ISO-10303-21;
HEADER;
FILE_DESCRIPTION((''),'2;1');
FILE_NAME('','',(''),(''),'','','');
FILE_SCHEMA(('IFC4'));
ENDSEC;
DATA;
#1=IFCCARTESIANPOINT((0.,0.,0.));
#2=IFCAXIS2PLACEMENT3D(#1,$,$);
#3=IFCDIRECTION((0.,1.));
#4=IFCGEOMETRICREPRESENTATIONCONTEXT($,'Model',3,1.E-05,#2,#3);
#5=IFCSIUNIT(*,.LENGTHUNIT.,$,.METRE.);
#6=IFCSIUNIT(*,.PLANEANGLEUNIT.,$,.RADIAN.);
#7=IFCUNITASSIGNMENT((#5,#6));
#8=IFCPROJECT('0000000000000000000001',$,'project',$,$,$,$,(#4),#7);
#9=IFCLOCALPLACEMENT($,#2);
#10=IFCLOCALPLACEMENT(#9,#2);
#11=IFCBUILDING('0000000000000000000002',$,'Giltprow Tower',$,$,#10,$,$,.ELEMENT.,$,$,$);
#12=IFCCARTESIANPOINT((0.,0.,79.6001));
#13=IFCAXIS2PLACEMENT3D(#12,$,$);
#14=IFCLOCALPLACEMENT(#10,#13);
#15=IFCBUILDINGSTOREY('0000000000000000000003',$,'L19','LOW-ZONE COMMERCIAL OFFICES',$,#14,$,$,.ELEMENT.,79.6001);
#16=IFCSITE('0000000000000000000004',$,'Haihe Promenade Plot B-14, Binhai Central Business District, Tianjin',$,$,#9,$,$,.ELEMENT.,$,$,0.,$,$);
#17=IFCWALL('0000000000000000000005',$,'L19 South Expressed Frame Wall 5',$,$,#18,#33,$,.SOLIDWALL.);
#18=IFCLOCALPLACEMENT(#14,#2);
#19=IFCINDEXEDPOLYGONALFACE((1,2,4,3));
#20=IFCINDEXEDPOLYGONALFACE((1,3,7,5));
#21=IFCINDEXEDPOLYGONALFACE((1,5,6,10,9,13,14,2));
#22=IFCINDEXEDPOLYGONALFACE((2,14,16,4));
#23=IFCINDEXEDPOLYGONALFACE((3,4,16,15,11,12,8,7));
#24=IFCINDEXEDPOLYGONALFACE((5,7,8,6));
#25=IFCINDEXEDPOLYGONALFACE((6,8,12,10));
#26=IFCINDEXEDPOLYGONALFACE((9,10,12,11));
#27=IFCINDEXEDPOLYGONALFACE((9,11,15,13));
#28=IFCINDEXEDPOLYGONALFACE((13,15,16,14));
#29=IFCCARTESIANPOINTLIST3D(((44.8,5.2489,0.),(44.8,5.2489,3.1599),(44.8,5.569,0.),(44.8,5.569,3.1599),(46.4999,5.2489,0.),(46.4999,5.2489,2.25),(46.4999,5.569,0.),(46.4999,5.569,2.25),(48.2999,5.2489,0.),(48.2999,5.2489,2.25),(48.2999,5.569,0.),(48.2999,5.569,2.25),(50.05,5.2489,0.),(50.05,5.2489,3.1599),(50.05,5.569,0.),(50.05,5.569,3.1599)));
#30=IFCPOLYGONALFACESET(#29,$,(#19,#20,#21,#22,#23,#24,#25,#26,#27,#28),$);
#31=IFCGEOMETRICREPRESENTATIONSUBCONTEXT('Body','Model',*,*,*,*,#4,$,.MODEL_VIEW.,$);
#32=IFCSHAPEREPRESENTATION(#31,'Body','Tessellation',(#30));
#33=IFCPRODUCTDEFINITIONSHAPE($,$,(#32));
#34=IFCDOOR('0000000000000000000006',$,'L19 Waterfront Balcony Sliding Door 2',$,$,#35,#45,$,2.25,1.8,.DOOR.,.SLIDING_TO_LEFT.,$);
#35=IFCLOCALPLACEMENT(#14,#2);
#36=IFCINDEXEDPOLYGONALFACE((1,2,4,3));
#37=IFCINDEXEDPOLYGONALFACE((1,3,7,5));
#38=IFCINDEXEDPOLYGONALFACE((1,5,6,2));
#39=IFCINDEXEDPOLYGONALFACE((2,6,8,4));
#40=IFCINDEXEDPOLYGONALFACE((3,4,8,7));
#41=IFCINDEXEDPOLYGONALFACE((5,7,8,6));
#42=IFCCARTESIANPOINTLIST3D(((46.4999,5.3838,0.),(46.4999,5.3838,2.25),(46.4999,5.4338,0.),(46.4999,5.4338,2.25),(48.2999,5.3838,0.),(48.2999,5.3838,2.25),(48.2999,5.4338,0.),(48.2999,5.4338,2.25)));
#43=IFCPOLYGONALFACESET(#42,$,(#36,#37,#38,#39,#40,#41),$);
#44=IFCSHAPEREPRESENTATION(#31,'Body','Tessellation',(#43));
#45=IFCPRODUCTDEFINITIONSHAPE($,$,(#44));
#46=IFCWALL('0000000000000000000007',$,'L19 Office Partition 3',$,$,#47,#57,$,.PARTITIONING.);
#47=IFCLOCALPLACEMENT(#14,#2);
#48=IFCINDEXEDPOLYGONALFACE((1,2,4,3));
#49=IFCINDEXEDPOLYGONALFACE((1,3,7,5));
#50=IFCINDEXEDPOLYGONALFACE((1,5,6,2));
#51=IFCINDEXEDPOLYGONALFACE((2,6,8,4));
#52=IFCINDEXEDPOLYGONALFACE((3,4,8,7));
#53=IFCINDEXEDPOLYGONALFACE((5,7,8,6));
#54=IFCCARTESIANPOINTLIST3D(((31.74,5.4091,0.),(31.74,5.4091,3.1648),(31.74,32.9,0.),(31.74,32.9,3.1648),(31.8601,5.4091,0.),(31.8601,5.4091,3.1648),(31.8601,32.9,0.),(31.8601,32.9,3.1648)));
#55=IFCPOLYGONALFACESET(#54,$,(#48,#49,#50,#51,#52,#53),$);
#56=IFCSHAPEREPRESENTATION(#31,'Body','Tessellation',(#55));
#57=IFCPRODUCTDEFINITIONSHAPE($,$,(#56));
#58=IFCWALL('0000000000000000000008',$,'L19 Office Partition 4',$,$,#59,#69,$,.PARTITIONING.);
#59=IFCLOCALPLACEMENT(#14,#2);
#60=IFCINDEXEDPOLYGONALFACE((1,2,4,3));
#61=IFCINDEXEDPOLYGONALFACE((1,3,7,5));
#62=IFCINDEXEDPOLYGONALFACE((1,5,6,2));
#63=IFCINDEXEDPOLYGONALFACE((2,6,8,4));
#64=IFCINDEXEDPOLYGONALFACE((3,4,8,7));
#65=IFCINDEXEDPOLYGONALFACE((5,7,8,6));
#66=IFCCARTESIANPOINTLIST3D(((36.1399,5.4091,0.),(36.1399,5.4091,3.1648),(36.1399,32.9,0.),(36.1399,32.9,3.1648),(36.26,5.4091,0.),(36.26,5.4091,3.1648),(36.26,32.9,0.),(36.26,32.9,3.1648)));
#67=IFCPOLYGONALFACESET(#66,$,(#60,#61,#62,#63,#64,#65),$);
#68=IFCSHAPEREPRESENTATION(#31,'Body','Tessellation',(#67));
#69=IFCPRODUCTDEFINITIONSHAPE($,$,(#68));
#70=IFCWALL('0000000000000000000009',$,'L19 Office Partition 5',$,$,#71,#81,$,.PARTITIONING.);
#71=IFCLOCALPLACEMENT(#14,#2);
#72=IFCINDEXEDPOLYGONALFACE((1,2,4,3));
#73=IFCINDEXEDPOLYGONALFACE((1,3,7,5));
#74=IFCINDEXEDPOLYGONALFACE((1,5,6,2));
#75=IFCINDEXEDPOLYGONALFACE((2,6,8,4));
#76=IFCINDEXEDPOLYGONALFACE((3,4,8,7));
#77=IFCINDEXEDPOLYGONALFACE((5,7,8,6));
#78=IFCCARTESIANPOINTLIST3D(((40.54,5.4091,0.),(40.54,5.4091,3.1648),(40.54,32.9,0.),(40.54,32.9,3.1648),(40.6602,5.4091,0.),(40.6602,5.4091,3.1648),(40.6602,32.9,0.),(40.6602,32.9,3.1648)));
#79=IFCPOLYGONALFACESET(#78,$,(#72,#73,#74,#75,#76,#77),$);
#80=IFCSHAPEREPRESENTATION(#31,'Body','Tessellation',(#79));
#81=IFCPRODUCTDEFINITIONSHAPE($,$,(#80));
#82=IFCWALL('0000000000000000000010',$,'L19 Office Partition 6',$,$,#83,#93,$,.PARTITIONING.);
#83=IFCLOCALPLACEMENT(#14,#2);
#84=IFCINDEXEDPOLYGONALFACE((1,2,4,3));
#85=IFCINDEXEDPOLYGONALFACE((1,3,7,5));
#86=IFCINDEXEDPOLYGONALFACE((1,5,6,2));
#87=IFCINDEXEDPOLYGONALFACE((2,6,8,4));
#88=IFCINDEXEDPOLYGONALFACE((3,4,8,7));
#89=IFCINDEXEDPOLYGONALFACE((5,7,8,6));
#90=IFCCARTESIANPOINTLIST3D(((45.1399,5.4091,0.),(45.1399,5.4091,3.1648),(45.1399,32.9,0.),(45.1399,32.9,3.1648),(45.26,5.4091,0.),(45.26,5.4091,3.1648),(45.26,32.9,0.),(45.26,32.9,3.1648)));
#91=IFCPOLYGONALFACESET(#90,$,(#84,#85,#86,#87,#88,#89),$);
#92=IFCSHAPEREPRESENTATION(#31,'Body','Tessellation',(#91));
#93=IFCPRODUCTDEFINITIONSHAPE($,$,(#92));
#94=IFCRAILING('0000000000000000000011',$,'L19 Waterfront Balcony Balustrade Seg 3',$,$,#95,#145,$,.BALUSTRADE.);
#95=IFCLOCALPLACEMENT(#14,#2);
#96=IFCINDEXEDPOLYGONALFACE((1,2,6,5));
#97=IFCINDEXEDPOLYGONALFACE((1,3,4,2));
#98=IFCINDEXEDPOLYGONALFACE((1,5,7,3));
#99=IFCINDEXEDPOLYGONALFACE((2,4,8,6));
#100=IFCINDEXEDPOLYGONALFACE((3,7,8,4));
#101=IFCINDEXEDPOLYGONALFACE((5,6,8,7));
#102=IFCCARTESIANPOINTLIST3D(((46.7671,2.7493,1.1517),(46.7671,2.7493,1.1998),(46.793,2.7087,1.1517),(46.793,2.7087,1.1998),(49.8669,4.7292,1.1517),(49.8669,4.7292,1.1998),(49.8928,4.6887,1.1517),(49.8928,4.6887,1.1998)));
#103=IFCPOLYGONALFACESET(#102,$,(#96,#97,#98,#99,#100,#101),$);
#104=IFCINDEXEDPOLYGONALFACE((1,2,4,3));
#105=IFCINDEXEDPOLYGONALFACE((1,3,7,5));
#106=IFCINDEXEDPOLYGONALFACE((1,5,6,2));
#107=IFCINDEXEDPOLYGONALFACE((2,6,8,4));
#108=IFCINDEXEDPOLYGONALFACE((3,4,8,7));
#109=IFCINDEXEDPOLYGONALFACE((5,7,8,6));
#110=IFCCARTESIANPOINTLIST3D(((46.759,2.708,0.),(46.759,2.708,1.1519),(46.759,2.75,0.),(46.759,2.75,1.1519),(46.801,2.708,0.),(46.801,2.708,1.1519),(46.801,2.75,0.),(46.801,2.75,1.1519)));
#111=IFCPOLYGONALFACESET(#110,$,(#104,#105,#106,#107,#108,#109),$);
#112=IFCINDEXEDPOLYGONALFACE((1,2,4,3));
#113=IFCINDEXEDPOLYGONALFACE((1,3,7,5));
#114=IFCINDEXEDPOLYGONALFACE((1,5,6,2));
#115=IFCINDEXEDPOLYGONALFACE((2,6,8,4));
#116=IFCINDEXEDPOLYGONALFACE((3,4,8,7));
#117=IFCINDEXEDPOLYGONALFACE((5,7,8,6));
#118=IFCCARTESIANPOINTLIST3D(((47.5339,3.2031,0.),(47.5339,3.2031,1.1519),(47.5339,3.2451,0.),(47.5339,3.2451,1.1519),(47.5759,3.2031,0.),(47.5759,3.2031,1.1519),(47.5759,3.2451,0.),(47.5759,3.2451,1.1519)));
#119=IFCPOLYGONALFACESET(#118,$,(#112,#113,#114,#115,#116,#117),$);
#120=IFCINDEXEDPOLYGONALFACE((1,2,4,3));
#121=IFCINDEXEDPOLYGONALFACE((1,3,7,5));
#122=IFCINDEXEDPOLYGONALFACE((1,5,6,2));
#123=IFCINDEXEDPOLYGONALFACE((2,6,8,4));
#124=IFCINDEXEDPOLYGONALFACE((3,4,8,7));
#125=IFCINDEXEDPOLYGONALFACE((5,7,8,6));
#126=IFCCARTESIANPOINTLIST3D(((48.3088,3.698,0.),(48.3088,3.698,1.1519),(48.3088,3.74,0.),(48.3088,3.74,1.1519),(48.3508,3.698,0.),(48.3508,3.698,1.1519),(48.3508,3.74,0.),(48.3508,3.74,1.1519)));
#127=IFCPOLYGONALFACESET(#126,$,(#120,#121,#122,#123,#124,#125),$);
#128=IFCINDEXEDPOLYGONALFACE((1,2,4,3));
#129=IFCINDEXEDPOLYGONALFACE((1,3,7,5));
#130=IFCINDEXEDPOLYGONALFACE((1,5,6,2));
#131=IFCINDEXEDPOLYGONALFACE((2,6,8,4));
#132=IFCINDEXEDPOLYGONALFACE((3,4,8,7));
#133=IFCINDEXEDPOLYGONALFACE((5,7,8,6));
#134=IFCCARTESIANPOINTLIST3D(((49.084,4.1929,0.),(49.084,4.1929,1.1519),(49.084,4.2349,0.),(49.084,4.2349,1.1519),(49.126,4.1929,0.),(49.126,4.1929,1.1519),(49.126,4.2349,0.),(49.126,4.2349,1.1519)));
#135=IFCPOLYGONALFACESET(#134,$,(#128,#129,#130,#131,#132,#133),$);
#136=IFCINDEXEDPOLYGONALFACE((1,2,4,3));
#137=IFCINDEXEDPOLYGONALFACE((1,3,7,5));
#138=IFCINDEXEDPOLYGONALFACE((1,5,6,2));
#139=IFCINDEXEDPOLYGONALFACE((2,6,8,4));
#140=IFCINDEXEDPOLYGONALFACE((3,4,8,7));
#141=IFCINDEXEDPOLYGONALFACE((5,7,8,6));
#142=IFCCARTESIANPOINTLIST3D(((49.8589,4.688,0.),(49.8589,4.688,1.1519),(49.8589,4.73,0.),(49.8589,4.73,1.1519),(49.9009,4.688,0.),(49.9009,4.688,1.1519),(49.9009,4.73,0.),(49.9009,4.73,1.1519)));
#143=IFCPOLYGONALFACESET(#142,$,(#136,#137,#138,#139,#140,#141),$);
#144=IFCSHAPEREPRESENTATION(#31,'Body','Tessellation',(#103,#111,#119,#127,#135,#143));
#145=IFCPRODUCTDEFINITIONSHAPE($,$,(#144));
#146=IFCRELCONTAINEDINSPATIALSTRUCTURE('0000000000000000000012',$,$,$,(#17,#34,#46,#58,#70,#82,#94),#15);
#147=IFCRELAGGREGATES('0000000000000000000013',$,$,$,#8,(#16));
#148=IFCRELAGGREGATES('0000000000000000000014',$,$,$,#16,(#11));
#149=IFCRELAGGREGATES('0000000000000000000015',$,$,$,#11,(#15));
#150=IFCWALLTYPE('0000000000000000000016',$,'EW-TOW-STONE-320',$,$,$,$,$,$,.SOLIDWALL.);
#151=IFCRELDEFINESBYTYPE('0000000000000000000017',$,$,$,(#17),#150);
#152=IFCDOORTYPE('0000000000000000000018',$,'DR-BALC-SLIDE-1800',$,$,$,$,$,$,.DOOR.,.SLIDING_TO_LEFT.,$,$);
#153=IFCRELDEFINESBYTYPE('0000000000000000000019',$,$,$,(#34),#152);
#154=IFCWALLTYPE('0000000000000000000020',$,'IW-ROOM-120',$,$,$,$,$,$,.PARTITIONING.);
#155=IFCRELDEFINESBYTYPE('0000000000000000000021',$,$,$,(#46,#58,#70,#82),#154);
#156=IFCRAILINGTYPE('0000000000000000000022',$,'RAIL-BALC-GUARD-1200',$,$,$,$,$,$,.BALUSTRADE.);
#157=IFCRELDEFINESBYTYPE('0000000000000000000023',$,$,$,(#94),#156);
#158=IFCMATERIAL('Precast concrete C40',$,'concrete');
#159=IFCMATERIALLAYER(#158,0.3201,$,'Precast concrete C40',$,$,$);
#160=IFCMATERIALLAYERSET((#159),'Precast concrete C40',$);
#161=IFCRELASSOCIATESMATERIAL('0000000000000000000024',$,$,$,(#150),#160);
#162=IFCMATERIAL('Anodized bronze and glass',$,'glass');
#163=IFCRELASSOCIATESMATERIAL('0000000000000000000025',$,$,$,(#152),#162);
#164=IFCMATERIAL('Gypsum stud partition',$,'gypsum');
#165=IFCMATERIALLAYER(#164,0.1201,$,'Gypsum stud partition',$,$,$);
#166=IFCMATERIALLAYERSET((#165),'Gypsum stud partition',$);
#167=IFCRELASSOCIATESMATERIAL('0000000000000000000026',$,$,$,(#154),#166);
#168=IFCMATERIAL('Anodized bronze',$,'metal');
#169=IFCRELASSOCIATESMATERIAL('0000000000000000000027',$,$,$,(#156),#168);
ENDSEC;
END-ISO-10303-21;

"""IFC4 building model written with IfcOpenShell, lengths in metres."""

from ifc_helpers import new_model, si_unit, direction, frame, frame_2d, origin, origin_2d, place, context, subcontext, project, spatial, rectangle, extrude, source, transform, mapped, material, layer, layer_set, type_object, element, fill, save


model = new_model("IFC4")

# Units and contexts
model_context = context("Model", 3, precision=1e-05, world=origin(), true_north=direction((0.0, 1.0)))
body_context = subcontext(model_context, "Body", "Model", "MODEL_VIEW")
ifc_project = project(units=[si_unit("LENGTHUNIT", "METRE"), si_unit("PLANEANGLEUNIT", "RADIAN")], contexts=[model_context])

# Site, building, storey
site_placement = place(None, origin())
site = spatial("IfcSite", under=ifc_project, at=site_placement, Name="Haihe Promenade Plot B-14, Binhai Central Business District, Tianjin", CompositionType="ELEMENT", RefElevation=0.0)
building_placement = place(site_placement, origin())
building = spatial("IfcBuilding", under=site, at=building_placement, Name="Giltprow Tower", CompositionType="ELEMENT")
storey_placement = place(building_placement, frame((0.0, 0.0, 79.6001)))
storey = spatial("IfcBuildingStorey", under=building, at=storey_placement, Name="L19", Description="LOW-ZONE COMMERCIAL OFFICES", CompositionType="ELEMENT", Elevation=79.6001)

# Shared definitions
ifc_material_1 = material(Name="Anodized bronze", Category="metal")

# Shared definitions
ifc_material_2 = material(Name="Precast concrete C40", Category="concrete")
ifc_layer_1 = layer(ifc_material_2, 0.3201, Name="Precast concrete C40")
ifc_layer_set_1 = layer_set([ifc_layer_1], Name="Precast concrete C40")
wall_type_1 = type_object("IfcWallType", Name="EW-TOW-STONE-320", PredefinedType="SOLIDWALL", material=ifc_layer_set_1)

# Wall, opening, door
wall_1_placement = place(storey_placement, frame((44.8, 5.4089, 0.0), z_axis=(0.0, 0.0, 1.0), x_axis=(1.0, 0.0, 0.0)))
wall_1 = element("IfcWall", 1, at=wall_1_placement, inside=storey, type_object=wall_type_1, Name="L19 South Expressed Frame Wall 5", PredefinedType="SOLIDWALL", context=body_context, shape_type="SweptSolid", body=[
    extrude(rectangle(XDim=5.25, YDim=0.3201, at=frame_2d((2.625, 0.0))), origin(), (0.0, 0.0, 1.0), 3.1599),
])
opening_placement = place(wall_1_placement, frame((1.7, 0.0, 0.0)))
opening = element("IfcOpeningElement", 2, at=opening_placement, cuts=wall_1, PredefinedType="OPENING", context=body_context, shape_type="SweptSolid", body=[
    extrude(rectangle(XDim=1.8, YDim=2.25, at=frame_2d((0.8999, 1.125))), frame((0.0, 0.1699, 0.0), z_axis=(0.0, -1.0, 0.0), x_axis=(1.0, 0.0, 0.0)), (0.0, 0.0, 1.0), 0.3401),
])
ifc_material_3 = material(Name="Anodized bronze and glass", Category="glass")
door_type = type_object("IfcDoorType", Name="DR-BALC-SLIDE-1800", OperationType="SLIDING_TO_LEFT", PredefinedType="DOOR", material=ifc_material_3)
shared_shape_1 = source(origin(), body_context, "Body", "SweptSolid", [
    extrude(rectangle(XDim=1.8, YDim=2.25, at=frame_2d((0.8999, 1.125))), frame((0.0, 0.0249, 0.0), z_axis=(0.0, -1.0, 0.0), x_axis=(1.0, 0.0, 0.0)), (0.0, 0.0, 1.0), 0.05),
])
door_placement = place(opening_placement, origin())
door = element("IfcDoor", 3, at=door_placement, inside=storey, type_object=door_type, Name="L19 Waterfront Balcony Sliding Door 2", OperationType="SLIDING_TO_LEFT", OverallHeight=2.25, OverallWidth=1.8, PredefinedType="DOOR", context=body_context, shape_type="MappedRepresentation", body=[
    mapped(shared_shape_1, transform((0.0, 0.0, 0.0), x_axis=(1.0, 0.0, 0.0), y_axis=(0.0, 1.0, 0.0), z_axis=(0.0, 0.0, 1.0), scale=1.0)),
])
fill(opening, door)

# Walls
ifc_material_4 = material(Name="Gypsum stud partition", Category="gypsum")
ifc_layer_2 = layer(ifc_material_4, 0.1201, Name="Gypsum stud partition")
ifc_layer_set_2 = layer_set([ifc_layer_2], Name="Gypsum stud partition")
wall_type_2 = type_object("IfcWallType", Name="IW-ROOM-120", PredefinedType="PARTITIONING", material=ifc_layer_set_2)
for number, where, z_axis, x_axis, name in (
    (4, (31.8, 5.4089, 0.0), (0.0, 0.0, 1.0), (0.0, 1.0, 0.0), "L19 Office Partition 3"),
    (5, (36.2, 5.4089, 0.0), (0.0, 0.0, 1.0), (0.0, 1.0, 0.0), "L19 Office Partition 4"),
    (6, (40.6001, 5.4089, 0.0), (0.0, 0.0, 1.0), (0.0, 1.0, 0.0), "L19 Office Partition 5"),
    (7, (45.2, 5.4089, 0.0), (0.0, 0.0, 1.0), (0.0, 1.0, 0.0), "L19 Office Partition 6"),
):
    element("IfcWall", number, at=place(storey_placement, frame(where, z_axis=z_axis, x_axis=x_axis)), inside=storey, type_object=wall_type_2, Name=name, PredefinedType="PARTITIONING", context=body_context, shape_type="SweptSolid", body=[
        extrude(rectangle(XDim=27.491, YDim=0.1201, at=frame_2d((13.7456, 0.0))), origin(), (0.0, 0.0, 1.0), 3.1648),
    ])

# Railing
railing_type = type_object("IfcRailingType", Name="RAIL-BALC-GUARD-1200", PredefinedType="BALUSTRADE", material=ifc_material_1)
railing_1_placement = place(storey_placement, frame((46.78, 2.729, 0.0)))
element("IfcRailing", 8, at=railing_1_placement, inside=storey, type_object=railing_type, Name="L19 Waterfront Balcony Balustrade Seg 3", PredefinedType="BALUSTRADE", context=body_context, shape_type="SweptSolid", body=[
    extrude(rectangle(XDim=0.0481, YDim=0.0481, at=origin_2d()), frame((0.0, 0.0, 1.1758), z_axis=(0.842756, 0.538296, 0.0), x_axis=(-0.538296, 0.842756, 0.0)), (0.0, 0.0, 1.0), 3.6782),
    extrude(rectangle(XDim=0.042, YDim=0.042, at=origin_2d()), origin(), (0.0, 0.0, 1.0), 1.1519),
    extrude(rectangle(XDim=0.042, YDim=0.042, at=origin_2d()), frame((0.7749, 0.4951, 0.0)), (0.0, 0.0, 1.0), 1.1519),
    extrude(rectangle(XDim=0.042, YDim=0.042, at=origin_2d()), frame((1.5498, 0.99, 0.0)), (0.0, 0.0, 1.0), 1.1519),
    extrude(rectangle(XDim=0.042, YDim=0.042, at=origin_2d()), frame((2.325, 1.4849, 0.0)), (0.0, 0.0, 1.0), 1.1519),
    extrude(rectangle(XDim=0.042, YDim=0.042, at=origin_2d()), frame((3.0999, 1.98, 0.0)), (0.0, 0.0, 1.0), 1.1519),
])

save(model, "model.ifc")
